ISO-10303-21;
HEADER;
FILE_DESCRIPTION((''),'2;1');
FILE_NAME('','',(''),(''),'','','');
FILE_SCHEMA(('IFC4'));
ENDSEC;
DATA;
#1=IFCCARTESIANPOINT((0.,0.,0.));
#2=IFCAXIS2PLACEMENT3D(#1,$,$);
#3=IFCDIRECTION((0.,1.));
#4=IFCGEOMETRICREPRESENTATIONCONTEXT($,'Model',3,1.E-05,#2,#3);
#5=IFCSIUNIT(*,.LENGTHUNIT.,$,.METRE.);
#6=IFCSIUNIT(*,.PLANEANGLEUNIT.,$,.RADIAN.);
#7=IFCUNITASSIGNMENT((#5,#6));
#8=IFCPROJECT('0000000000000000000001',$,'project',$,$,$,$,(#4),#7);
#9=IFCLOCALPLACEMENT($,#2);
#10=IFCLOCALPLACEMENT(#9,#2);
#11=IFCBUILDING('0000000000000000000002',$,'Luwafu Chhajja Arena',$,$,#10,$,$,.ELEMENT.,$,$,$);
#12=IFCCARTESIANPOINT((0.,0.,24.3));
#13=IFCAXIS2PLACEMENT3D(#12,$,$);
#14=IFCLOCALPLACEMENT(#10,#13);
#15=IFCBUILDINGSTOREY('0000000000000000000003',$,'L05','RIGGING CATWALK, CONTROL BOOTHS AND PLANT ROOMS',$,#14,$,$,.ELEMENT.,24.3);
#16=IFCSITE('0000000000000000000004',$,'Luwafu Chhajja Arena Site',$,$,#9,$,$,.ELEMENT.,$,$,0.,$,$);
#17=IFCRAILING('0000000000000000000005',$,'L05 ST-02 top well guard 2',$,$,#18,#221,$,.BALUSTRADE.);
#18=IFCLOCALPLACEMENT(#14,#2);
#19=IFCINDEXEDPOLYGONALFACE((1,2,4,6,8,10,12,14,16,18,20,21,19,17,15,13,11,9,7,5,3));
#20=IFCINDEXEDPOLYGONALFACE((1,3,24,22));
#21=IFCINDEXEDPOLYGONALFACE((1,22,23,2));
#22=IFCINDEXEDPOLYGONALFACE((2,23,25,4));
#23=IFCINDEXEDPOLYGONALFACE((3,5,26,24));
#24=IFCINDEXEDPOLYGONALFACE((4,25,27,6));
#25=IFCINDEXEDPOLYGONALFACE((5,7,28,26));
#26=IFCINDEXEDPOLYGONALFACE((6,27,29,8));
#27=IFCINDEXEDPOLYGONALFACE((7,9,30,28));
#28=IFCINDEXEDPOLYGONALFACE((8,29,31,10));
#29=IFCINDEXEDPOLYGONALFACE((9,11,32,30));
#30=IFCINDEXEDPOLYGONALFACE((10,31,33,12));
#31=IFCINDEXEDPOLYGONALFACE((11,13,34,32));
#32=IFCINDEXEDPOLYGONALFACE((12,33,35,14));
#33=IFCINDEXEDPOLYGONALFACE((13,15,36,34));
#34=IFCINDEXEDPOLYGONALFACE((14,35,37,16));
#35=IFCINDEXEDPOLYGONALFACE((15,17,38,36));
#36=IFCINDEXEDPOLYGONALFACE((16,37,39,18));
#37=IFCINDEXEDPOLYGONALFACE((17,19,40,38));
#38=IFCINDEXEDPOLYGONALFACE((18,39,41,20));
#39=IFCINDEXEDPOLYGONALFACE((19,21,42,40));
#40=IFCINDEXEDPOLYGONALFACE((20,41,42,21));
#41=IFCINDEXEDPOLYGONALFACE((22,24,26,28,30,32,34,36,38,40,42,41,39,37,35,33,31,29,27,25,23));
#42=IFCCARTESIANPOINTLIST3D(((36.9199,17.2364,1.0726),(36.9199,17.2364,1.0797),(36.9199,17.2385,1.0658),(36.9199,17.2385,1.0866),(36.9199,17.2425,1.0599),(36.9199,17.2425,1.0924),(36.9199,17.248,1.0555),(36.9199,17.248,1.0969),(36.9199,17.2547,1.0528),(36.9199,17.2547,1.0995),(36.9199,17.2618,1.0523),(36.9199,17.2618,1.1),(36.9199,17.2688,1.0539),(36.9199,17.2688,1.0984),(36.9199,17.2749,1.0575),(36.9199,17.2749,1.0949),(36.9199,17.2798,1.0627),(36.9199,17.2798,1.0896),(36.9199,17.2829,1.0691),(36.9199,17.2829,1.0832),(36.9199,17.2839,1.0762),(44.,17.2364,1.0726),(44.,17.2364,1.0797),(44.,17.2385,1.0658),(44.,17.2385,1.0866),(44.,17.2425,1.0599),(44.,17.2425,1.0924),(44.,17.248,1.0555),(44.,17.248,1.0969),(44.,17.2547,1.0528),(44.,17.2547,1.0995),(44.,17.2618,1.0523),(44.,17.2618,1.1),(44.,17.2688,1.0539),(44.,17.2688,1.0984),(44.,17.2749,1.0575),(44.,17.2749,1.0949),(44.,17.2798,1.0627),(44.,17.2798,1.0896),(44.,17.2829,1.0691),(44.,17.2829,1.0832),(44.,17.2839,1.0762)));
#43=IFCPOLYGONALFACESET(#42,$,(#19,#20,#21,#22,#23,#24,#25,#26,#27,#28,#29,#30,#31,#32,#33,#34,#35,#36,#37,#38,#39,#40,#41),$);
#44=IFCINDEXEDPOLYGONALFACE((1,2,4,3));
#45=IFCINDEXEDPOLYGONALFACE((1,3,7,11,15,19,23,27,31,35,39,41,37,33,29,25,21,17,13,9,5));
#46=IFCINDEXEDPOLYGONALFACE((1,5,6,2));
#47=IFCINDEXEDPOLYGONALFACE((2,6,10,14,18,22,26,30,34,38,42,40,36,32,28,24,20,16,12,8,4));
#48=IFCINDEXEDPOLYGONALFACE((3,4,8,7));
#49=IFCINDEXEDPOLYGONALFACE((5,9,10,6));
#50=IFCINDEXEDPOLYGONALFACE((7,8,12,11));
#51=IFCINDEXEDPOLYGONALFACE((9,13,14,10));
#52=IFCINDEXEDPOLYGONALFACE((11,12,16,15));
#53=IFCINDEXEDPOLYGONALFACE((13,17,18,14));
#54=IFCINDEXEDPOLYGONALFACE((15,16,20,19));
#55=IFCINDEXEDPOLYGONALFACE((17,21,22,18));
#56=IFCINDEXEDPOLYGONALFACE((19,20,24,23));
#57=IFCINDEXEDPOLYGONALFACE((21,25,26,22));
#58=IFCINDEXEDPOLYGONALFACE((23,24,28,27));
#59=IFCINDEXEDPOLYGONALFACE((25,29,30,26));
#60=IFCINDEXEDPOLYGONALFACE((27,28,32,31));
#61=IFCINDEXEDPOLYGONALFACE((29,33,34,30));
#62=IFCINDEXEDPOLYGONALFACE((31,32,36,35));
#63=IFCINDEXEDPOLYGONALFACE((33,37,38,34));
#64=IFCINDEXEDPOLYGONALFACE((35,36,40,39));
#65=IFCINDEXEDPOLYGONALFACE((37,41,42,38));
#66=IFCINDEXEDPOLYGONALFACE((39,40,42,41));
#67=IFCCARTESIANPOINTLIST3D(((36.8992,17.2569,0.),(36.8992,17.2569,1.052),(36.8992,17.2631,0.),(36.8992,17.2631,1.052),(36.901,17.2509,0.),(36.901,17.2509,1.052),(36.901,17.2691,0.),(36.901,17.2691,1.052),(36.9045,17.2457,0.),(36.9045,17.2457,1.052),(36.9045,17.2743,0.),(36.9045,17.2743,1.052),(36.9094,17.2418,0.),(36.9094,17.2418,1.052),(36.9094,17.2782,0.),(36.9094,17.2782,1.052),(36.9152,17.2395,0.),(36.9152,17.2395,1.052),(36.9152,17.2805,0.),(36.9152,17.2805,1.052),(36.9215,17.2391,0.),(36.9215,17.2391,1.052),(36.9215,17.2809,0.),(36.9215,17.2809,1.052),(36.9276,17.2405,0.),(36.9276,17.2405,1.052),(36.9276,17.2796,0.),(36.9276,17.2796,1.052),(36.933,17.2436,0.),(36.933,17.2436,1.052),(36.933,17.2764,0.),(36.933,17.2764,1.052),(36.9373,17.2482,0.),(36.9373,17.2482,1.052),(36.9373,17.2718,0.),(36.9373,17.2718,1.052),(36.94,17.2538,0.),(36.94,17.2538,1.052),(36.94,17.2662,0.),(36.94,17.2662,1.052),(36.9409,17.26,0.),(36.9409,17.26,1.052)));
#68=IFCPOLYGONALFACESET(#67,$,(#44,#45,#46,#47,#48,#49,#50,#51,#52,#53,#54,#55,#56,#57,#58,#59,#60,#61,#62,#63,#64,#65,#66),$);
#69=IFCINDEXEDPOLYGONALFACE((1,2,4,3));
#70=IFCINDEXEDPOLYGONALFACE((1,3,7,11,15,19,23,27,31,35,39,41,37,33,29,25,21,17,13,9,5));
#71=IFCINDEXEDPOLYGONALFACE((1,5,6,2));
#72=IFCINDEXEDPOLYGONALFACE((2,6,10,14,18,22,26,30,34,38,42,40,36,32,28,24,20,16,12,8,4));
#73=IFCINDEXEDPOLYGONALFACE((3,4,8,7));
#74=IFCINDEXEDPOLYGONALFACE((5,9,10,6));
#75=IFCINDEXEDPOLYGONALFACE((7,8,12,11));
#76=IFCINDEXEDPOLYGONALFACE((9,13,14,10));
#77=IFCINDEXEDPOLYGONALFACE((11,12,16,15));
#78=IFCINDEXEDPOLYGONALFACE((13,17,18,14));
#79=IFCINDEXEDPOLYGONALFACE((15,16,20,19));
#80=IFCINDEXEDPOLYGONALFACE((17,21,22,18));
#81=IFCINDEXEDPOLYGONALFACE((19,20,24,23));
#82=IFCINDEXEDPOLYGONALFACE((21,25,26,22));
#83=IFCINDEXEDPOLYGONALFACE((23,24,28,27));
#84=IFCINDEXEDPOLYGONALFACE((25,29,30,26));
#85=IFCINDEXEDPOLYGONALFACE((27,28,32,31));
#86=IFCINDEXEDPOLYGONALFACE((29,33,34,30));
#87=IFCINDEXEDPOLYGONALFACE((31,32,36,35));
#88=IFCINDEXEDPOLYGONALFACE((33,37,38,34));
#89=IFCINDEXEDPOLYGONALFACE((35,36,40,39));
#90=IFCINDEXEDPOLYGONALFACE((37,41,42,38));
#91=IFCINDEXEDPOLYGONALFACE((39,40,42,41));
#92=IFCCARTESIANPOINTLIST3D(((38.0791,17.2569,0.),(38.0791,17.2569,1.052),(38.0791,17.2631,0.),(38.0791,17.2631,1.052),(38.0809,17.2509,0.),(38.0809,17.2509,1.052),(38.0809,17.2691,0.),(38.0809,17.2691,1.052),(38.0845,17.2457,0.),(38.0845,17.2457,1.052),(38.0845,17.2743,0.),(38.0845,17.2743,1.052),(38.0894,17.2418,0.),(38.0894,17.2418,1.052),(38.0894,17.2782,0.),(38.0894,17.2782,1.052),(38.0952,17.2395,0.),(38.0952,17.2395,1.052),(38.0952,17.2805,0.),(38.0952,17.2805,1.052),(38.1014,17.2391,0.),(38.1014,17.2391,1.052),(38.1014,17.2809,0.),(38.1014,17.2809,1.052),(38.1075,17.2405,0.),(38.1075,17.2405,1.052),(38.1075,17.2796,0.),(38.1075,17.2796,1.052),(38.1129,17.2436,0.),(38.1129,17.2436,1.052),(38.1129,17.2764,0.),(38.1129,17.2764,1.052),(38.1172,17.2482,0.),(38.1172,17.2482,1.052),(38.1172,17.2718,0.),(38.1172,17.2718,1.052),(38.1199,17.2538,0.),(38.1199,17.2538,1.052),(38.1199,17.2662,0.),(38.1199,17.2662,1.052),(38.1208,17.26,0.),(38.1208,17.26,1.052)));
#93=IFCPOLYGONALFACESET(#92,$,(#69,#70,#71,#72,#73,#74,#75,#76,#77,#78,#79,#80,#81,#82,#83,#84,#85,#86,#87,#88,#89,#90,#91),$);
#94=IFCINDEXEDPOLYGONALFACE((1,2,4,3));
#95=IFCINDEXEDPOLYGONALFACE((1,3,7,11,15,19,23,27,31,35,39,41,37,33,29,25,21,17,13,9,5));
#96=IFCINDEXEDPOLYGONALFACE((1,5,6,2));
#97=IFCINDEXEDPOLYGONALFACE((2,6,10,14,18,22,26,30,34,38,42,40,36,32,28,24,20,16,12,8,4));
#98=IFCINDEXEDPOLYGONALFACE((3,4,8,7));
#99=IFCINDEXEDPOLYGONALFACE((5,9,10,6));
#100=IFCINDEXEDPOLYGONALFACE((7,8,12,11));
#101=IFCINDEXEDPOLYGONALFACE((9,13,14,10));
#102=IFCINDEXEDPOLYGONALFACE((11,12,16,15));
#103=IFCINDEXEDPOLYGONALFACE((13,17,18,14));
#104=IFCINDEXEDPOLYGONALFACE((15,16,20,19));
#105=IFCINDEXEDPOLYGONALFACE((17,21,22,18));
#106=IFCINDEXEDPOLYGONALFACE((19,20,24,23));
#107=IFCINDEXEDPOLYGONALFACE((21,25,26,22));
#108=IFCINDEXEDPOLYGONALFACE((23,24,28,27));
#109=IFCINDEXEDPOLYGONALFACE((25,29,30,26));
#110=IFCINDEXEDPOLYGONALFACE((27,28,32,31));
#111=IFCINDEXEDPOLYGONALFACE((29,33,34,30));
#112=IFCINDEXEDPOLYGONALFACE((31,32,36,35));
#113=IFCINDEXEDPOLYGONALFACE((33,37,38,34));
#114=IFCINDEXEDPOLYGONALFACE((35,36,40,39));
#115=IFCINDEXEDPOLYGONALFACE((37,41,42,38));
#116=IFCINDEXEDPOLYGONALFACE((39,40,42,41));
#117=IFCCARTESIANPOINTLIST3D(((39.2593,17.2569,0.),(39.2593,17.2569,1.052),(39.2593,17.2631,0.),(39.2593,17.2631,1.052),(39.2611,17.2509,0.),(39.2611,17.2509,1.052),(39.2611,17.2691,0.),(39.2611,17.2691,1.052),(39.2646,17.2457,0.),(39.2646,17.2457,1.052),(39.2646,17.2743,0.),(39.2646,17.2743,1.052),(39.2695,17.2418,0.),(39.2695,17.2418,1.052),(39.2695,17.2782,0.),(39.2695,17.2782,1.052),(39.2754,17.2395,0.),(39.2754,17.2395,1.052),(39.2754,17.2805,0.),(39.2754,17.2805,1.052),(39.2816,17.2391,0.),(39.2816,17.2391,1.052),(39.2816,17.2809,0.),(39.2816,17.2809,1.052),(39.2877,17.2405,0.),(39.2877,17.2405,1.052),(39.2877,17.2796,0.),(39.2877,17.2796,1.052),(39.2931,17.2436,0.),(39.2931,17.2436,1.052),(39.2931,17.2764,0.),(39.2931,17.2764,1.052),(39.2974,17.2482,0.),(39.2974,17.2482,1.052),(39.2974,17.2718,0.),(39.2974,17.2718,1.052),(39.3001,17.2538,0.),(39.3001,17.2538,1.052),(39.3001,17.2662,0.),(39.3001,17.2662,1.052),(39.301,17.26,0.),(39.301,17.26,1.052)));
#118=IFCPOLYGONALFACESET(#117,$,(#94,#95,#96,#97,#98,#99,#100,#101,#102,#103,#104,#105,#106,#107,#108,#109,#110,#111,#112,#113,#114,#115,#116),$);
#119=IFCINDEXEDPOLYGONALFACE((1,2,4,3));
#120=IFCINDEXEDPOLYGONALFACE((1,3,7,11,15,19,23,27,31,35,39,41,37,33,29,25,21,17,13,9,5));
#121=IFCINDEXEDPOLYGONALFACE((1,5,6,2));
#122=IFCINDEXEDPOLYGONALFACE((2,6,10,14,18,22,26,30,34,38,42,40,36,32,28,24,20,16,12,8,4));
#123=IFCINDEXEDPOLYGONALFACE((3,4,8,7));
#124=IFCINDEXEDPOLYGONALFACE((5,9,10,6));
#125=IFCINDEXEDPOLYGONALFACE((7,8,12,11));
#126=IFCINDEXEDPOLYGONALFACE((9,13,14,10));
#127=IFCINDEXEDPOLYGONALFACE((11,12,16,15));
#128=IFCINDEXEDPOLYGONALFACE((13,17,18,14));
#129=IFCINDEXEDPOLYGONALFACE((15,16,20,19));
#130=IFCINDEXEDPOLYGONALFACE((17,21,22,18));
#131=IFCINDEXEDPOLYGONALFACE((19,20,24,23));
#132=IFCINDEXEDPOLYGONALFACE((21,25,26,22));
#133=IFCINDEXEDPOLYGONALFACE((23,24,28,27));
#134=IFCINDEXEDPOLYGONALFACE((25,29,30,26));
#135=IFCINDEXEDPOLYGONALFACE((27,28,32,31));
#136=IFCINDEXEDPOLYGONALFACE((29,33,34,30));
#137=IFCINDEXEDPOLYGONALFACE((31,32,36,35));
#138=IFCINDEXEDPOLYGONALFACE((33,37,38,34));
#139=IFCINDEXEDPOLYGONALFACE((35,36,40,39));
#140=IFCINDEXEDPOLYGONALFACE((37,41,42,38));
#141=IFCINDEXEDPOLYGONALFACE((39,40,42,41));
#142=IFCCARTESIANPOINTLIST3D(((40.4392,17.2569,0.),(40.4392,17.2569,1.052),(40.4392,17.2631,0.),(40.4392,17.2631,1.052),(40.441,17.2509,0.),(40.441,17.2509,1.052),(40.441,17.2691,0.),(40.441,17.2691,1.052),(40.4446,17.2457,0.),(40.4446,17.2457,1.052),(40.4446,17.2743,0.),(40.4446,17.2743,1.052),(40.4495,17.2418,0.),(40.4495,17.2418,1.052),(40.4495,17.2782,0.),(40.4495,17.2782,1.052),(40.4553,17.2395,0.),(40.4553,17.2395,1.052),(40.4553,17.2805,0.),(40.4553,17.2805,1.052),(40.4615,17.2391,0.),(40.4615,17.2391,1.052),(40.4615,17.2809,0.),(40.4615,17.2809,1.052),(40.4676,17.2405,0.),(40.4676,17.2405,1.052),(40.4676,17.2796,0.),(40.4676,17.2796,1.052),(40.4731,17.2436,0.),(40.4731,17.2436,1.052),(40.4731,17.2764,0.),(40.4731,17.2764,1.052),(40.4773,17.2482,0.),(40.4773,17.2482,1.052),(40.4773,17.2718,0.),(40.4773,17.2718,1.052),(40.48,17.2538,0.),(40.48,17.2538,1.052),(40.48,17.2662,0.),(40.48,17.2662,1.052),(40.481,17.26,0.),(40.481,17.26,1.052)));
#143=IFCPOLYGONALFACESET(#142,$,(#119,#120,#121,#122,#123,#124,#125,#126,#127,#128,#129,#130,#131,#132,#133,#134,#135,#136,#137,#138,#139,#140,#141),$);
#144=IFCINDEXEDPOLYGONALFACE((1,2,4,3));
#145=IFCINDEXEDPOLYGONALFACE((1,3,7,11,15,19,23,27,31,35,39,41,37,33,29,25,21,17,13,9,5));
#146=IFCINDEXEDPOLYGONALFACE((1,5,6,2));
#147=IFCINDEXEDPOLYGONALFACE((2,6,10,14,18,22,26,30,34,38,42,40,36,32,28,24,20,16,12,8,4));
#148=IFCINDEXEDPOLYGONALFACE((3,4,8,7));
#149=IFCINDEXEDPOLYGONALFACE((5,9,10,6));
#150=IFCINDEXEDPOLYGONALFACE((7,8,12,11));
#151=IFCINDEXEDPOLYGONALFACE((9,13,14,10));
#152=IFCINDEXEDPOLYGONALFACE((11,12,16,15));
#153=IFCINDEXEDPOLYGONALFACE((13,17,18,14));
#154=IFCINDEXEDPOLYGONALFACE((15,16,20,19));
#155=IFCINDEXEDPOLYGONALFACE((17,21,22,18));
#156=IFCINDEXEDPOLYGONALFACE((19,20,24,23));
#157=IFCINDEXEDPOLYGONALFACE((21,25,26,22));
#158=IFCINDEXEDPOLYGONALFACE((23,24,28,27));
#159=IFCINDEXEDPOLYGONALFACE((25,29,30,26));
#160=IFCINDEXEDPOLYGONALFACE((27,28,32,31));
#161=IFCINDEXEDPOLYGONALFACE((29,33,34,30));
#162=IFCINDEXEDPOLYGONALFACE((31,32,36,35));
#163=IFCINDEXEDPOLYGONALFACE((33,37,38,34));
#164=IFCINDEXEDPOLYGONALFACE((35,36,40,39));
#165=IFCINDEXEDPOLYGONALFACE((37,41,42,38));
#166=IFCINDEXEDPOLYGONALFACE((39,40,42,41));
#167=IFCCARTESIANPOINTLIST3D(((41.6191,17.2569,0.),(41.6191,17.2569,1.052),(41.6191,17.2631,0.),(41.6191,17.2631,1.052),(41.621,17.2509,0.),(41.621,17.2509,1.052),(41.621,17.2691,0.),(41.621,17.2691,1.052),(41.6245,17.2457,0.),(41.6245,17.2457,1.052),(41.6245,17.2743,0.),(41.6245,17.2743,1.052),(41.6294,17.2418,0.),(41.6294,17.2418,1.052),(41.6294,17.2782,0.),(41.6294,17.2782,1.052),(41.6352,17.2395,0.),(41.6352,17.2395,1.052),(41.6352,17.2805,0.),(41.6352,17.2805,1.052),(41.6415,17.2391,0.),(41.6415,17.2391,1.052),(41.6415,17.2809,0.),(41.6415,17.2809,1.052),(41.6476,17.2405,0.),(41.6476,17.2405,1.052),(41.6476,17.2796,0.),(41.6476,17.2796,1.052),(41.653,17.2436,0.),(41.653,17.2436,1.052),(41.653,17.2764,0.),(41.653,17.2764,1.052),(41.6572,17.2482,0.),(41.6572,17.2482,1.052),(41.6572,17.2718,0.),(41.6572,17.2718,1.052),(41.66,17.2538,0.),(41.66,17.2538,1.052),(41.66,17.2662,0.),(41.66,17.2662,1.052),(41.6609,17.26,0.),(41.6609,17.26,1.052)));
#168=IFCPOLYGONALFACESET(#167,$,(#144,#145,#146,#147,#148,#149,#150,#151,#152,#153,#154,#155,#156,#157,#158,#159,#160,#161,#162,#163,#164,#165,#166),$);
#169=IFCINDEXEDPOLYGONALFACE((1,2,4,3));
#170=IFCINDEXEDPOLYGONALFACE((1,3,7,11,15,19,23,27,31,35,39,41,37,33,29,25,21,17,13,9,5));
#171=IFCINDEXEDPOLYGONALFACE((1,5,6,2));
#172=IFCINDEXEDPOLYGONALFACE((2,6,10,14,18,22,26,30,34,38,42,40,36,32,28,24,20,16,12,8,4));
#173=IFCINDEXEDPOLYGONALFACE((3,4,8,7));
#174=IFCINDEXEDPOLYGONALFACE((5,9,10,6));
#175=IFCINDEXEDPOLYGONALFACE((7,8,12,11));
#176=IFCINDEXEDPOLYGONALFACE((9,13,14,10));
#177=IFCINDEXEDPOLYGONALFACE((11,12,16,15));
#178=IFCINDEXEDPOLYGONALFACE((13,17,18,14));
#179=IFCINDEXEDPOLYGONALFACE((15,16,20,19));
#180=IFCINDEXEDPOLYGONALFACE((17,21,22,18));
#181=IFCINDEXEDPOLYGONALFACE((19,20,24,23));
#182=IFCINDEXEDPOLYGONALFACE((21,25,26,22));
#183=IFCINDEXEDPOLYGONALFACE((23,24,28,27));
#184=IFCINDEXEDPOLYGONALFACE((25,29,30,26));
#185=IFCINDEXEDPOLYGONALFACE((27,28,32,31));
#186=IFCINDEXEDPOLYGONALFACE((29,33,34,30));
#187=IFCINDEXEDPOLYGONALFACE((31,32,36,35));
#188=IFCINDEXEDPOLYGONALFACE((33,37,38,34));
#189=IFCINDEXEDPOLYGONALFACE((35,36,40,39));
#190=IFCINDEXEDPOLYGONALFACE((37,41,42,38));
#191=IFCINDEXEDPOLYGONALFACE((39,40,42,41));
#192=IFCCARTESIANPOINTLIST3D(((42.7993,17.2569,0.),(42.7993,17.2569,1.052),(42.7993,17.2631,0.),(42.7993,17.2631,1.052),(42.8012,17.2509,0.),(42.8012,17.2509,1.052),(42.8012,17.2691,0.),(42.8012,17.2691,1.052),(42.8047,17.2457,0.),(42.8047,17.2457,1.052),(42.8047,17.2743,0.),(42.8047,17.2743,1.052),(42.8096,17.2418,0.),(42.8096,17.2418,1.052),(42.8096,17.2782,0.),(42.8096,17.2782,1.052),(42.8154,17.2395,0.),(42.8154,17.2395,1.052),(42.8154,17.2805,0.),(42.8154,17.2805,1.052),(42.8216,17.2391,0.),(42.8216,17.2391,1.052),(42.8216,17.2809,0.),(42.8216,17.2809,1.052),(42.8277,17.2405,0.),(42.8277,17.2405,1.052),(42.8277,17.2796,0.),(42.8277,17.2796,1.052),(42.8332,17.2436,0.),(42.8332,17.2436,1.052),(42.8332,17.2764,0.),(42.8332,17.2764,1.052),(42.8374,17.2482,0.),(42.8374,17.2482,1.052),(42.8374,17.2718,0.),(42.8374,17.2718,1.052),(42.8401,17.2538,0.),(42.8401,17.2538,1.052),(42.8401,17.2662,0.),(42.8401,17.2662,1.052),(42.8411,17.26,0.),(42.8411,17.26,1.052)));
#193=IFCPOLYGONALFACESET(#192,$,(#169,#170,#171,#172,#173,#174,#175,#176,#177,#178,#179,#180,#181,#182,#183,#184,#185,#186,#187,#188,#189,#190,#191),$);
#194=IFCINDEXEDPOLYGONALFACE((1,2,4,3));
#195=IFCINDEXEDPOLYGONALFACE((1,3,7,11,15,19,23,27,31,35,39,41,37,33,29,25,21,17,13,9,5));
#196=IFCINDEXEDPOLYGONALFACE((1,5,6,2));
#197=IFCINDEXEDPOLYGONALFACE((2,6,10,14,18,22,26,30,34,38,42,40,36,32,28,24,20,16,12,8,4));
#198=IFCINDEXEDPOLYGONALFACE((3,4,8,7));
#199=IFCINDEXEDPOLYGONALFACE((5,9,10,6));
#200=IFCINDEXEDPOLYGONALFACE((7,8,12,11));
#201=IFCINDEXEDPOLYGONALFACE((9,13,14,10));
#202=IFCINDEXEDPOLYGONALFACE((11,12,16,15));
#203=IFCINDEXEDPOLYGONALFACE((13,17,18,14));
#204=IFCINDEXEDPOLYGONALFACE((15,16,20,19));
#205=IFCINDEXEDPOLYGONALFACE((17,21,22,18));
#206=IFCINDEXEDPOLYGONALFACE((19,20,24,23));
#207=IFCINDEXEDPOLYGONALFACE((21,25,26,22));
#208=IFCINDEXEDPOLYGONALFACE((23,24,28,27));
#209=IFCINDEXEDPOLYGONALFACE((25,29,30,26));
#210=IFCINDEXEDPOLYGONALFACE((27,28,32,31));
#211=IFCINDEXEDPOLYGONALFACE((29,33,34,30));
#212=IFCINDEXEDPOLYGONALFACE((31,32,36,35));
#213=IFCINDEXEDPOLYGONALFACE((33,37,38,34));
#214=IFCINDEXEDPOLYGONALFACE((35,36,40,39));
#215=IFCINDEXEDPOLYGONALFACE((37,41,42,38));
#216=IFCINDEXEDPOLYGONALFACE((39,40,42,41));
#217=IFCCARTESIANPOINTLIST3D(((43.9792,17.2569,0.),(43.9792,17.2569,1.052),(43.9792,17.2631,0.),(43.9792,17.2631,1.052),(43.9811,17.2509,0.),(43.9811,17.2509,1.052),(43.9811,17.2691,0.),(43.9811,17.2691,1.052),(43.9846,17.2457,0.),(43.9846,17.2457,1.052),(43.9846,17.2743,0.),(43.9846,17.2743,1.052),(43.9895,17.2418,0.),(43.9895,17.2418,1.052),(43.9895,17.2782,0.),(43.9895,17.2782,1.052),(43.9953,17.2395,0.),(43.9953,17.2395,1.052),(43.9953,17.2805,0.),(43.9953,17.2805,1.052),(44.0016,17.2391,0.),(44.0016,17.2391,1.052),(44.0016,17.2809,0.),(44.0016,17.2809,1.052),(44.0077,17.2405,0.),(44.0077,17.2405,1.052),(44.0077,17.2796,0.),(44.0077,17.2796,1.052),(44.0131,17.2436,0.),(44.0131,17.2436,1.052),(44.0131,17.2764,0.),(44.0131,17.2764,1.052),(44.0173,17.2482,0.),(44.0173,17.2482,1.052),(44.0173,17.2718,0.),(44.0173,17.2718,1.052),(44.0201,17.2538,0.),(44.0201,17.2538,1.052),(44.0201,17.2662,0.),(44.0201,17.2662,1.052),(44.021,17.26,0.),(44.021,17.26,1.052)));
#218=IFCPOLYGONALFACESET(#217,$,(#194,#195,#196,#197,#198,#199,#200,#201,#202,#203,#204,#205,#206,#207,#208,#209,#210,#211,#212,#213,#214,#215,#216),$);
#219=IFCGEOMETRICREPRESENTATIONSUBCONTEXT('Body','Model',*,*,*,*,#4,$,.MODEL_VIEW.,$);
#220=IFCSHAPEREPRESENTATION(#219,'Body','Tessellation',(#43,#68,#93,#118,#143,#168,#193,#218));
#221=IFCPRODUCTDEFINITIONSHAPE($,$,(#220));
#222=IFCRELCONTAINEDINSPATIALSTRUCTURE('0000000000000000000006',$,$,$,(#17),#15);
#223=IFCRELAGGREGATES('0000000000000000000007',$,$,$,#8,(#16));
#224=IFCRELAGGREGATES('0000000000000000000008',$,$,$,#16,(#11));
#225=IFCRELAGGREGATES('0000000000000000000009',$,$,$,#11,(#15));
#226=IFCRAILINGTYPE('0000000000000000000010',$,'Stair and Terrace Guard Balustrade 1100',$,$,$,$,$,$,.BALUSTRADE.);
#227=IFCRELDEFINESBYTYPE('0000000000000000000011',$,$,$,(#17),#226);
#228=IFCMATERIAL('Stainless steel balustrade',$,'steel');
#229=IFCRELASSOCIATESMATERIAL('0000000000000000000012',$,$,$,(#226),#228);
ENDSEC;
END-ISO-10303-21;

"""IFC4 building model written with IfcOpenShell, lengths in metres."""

from ifc_helpers import new_model, si_unit, direction, frame, origin, origin_2d, place, context, subcontext, project, spatial, circle, extrude, material, type_object, element, save


model = new_model("IFC4")

# Units and contexts
model_context = context("Model", 3, precision=1e-05, world=origin(), true_north=direction((0.0, 1.0)))
body_context = subcontext(model_context, "Body", "Model", "MODEL_VIEW")
ifc_project = project(units=[si_unit("LENGTHUNIT", "METRE"), si_unit("PLANEANGLEUNIT", "RADIAN")], contexts=[model_context])

# Site, building, storey
site_placement = place(None, origin())
site = spatial("IfcSite", under=ifc_project, at=site_placement, Name="Luwafu Chhajja Arena Site", CompositionType="ELEMENT", RefElevation=0.0)
building_placement = place(site_placement, origin())
building = spatial("IfcBuilding", under=site, at=building_placement, Name="Luwafu Chhajja Arena", CompositionType="ELEMENT")
storey_placement = place(building_placement, frame((0.0, 0.0, 24.3)))
storey = spatial("IfcBuildingStorey", under=building, at=storey_placement, Name="L05", Description="RIGGING CATWALK, CONTROL BOOTHS AND PLANT ROOMS", CompositionType="ELEMENT", Elevation=24.3)

# Railing
ifc_material_1 = material(Name="Stainless steel balustrade", Category="steel")
railing_type = type_object("IfcRailingType", Name="Stair and Terrace Guard Balustrade 1100", PredefinedType="BALUSTRADE", material=ifc_material_1)
for number, where, name in (
    (1, (36.9199, 17.26, 0.0), "L05 ST-02 top well guard 2"),
):
    element("IfcRailing", number, at=place(storey_placement, frame(where)), inside=storey, type_object=railing_type, Name=name, PredefinedType="BALUSTRADE", context=body_context, shape_type="SweptSolid", body=[
        extrude(circle(Radius=0.0239, at=origin_2d()), frame((0.0, 0.0, 1.0762), z_axis=(1.0, 0.0, 0.0), x_axis=(0.0, 1.0, 0.0)), (0.0, 0.0, 1.0), 7.0801),
        extrude(circle(Radius=0.021, at=origin_2d()), origin(), (0.0, 0.0, 1.0), 1.052),
        extrude(circle(Radius=0.021, at=origin_2d()), frame((1.1799, 0.0, 0.0)), (0.0, 0.0, 1.0), 1.052),
        extrude(circle(Radius=0.021, at=origin_2d()), frame((2.3601, 0.0, 0.0)), (0.0, 0.0, 1.0), 1.052),
        extrude(circle(Radius=0.021, at=origin_2d()), frame((3.54, 0.0, 0.0)), (0.0, 0.0, 1.0), 1.052),
        extrude(circle(Radius=0.021, at=origin_2d()), frame((4.72, 0.0, 0.0)), (0.0, 0.0, 1.0), 1.052),
        extrude(circle(Radius=0.021, at=origin_2d()), frame((5.9001, 0.0, 0.0)), (0.0, 0.0, 1.0), 1.052),
        extrude(circle(Radius=0.021, at=origin_2d()), frame((7.0801, 0.0, 0.0)), (0.0, 0.0, 1.0), 1.052),
    ])

save(model, "model.ifc")
